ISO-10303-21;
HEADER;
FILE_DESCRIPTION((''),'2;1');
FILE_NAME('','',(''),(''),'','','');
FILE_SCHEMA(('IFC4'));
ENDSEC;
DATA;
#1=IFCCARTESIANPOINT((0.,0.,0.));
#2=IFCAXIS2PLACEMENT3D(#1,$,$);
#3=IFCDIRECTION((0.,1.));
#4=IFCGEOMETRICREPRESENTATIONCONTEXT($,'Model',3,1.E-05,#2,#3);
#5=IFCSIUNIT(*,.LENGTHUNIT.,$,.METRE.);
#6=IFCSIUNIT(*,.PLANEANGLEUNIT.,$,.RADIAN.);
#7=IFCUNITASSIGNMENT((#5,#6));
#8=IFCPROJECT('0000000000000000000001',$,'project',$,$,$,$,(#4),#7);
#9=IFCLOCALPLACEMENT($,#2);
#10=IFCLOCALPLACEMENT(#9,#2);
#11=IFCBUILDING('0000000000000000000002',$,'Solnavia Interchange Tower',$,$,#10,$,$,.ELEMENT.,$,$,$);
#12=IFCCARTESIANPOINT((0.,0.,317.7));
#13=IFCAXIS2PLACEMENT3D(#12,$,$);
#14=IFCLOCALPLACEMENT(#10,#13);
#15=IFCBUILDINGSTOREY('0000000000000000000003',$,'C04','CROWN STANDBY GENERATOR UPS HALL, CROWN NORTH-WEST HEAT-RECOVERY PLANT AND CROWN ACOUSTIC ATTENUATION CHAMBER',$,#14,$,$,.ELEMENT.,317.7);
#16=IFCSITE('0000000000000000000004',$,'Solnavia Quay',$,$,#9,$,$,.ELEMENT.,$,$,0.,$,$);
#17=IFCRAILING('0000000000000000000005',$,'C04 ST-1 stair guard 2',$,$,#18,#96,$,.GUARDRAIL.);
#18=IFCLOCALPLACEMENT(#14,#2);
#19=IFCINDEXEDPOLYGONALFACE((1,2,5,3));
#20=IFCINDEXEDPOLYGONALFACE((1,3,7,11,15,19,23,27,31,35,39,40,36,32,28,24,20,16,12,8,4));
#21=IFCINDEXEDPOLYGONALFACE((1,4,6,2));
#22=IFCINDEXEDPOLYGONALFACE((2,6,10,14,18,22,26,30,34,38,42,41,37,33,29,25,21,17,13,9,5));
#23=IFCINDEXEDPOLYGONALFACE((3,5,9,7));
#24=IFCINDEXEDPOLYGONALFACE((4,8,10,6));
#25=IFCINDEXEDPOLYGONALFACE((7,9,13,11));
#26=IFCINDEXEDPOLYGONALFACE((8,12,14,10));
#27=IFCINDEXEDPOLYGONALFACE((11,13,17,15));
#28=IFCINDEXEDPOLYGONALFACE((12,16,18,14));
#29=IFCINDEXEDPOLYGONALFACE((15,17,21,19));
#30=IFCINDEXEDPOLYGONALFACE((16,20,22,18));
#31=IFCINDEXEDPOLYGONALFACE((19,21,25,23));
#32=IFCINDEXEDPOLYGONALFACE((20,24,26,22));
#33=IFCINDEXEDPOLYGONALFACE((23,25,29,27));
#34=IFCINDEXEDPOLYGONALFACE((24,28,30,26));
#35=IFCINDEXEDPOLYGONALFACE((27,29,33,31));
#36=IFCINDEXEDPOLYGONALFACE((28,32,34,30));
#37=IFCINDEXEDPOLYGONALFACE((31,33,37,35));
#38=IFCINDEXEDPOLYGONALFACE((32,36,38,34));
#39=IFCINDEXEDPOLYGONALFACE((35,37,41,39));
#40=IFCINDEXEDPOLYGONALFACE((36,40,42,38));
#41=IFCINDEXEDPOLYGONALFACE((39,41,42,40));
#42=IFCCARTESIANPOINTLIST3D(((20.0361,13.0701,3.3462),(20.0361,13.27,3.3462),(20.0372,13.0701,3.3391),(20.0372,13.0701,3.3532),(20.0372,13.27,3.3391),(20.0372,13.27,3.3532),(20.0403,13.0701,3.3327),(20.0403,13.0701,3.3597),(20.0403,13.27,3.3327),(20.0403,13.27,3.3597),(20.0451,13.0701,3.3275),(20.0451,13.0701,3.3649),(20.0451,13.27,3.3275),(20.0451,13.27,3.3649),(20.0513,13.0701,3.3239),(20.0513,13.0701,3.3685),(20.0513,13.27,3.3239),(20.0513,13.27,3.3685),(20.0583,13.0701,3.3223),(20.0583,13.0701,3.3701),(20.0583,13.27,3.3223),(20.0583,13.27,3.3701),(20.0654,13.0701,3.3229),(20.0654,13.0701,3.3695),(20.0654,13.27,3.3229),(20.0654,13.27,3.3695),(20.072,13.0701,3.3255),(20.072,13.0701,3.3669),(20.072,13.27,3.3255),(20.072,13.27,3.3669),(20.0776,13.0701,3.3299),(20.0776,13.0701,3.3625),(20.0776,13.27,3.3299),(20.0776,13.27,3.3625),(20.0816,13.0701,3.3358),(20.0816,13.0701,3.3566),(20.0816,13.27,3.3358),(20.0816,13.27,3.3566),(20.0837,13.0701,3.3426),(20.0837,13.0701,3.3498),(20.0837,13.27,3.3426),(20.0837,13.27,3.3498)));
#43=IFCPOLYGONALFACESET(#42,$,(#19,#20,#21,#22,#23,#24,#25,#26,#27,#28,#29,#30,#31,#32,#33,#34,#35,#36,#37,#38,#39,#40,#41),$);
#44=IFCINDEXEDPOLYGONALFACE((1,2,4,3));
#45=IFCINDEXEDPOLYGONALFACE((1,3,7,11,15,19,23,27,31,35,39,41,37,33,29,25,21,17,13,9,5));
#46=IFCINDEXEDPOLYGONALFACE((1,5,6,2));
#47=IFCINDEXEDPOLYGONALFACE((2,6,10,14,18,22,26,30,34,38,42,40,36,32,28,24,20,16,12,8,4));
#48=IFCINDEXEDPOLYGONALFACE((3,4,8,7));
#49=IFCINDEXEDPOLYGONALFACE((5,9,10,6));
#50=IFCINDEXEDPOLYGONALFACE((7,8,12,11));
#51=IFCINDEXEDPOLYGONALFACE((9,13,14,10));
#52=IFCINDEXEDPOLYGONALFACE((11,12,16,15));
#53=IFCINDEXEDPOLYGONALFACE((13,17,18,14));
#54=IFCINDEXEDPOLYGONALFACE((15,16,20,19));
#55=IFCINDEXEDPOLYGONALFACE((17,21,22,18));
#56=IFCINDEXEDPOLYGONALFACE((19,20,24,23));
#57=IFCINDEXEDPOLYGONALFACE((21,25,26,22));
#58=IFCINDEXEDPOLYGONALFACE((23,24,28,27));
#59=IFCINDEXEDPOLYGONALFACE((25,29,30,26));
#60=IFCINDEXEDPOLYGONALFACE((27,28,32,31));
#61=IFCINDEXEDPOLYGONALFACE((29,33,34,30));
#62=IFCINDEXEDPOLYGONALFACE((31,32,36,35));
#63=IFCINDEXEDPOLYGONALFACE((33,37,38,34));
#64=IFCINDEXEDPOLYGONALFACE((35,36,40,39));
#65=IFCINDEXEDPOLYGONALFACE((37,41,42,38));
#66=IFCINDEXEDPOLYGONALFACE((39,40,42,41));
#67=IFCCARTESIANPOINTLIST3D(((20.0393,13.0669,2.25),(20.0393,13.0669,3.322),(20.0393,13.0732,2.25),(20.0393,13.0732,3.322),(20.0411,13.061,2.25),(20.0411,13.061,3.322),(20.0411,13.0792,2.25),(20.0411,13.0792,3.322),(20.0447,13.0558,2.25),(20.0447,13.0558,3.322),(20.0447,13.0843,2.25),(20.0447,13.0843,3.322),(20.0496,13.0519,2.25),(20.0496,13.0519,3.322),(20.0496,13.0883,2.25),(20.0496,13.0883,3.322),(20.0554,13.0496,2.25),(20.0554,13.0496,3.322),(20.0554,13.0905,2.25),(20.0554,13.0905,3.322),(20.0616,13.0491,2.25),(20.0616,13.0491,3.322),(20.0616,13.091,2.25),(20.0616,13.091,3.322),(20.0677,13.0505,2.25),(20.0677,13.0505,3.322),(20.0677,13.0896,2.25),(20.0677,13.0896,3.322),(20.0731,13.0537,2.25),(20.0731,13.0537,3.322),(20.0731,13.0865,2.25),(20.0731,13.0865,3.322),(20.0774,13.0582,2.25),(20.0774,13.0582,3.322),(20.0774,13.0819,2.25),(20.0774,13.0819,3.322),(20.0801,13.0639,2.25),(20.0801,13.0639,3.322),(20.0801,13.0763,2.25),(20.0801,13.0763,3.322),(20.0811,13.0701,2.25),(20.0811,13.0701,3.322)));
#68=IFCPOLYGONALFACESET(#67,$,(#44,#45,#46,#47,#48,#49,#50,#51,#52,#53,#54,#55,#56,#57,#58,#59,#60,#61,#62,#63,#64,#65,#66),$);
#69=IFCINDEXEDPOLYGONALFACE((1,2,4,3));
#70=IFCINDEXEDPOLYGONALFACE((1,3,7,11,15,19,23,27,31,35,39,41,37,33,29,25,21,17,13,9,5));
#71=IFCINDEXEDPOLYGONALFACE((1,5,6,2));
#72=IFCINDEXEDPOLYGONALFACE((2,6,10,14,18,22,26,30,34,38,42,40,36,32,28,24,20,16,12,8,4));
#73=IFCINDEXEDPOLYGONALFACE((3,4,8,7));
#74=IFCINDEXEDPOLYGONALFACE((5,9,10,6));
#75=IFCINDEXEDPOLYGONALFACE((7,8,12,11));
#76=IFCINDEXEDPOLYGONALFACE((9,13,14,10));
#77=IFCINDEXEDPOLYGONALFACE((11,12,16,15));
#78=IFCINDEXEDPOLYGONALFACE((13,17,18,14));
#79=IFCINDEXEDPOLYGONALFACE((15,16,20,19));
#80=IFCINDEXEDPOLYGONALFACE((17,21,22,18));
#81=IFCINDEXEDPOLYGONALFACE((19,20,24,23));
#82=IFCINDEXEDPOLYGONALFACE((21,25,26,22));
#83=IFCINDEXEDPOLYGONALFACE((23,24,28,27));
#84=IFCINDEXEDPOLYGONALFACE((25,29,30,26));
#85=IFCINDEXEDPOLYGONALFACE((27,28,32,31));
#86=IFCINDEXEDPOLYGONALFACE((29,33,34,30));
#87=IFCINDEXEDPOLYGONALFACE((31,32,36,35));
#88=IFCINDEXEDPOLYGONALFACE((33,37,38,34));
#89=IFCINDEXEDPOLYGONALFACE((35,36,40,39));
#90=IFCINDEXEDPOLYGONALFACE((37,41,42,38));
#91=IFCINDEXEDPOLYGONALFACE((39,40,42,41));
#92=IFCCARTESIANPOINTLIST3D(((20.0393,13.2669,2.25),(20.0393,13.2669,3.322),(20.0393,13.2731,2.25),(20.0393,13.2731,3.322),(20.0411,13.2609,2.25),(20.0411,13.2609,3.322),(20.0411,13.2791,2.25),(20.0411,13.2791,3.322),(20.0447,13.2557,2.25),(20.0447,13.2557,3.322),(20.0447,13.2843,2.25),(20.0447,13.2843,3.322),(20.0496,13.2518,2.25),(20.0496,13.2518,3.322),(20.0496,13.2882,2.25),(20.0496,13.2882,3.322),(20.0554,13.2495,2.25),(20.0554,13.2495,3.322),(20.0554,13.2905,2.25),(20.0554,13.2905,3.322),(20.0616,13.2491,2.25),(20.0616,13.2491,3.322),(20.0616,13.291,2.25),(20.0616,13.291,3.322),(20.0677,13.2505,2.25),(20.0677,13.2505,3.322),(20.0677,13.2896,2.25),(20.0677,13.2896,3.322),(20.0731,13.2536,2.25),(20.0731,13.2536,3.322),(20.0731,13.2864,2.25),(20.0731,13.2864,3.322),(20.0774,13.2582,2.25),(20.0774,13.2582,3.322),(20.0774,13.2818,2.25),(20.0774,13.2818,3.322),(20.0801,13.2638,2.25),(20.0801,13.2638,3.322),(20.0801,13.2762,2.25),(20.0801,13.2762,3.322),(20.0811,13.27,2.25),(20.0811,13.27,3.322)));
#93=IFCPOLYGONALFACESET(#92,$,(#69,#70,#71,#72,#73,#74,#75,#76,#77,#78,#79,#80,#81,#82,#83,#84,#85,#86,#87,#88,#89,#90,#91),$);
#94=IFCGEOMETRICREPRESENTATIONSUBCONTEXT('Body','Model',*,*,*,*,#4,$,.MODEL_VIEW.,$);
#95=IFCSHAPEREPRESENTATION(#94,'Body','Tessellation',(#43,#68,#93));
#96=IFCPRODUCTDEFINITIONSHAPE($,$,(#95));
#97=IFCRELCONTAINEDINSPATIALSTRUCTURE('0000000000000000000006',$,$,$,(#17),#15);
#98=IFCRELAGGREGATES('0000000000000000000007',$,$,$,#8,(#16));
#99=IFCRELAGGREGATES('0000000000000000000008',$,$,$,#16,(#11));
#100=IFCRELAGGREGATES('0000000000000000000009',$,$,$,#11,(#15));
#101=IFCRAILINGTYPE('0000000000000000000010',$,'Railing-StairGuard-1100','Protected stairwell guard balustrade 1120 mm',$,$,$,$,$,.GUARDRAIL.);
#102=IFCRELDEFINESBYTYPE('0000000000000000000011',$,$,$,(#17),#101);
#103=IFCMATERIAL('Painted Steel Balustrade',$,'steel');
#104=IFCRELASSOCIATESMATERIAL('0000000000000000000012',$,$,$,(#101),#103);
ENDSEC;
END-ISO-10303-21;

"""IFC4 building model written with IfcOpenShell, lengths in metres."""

from ifc_helpers import new_model, si_unit, direction, frame, origin, origin_2d, place, context, subcontext, project, spatial, circle, extrude, material, type_object, element, save


model = new_model("IFC4")

# Units and contexts
model_context = context("Model", 3, precision=1e-05, world=origin(), true_north=direction((0.0, 1.0)))
body_context = subcontext(model_context, "Body", "Model", "MODEL_VIEW")
ifc_project = project(units=[si_unit("LENGTHUNIT", "METRE"), si_unit("PLANEANGLEUNIT", "RADIAN")], contexts=[model_context])

# Site, building, storey
site_placement = place(None, origin())
site = spatial("IfcSite", under=ifc_project, at=site_placement, Name="Solnavia Quay", CompositionType="ELEMENT", RefElevation=0.0)
building_placement = place(site_placement, origin())
building = spatial("IfcBuilding", under=site, at=building_placement, Name="Solnavia Interchange Tower", CompositionType="ELEMENT")
storey_placement = place(building_placement, frame((0.0, 0.0, 317.7)))
storey = spatial("IfcBuildingStorey", under=building, at=storey_placement, Name="C04", Description="CROWN STANDBY GENERATOR UPS HALL, CROWN NORTH-WEST HEAT-RECOVERY PLANT AND CROWN ACOUSTIC ATTENUATION CHAMBER", CompositionType="ELEMENT", Elevation=317.7)

# Railing
ifc_material_1 = material(Name="Painted Steel Balustrade", Category="steel")
railing_type_1 = type_object("IfcRailingType", Name="Railing-StairGuard-1100", Description="Protected stairwell guard balustrade 1120 mm", PredefinedType="GUARDRAIL", material=ifc_material_1)
railing_1_placement = place(storey_placement, frame((20.0601, 13.0701, 2.25)))
element("IfcRailing", 1, at=railing_1_placement, inside=storey, type_object=railing_type_1, Name="C04 ST-1 stair guard 2", PredefinedType="GUARDRAIL", context=body_context, shape_type="SweptSolid", body=[
    extrude(circle(Radius=0.0239, at=origin_2d()), frame((0.0, 0.0, 1.0962), z_axis=(0.0, 1.0, 0.0), x_axis=(-1.0, 0.0, 0.0)), (0.0, 0.0, 1.0), 0.2),
    extrude(circle(Radius=0.021, at=origin_2d()), origin(), (0.0, 0.0, 1.0), 1.072),
    extrude(circle(Radius=0.021, at=origin_2d()), frame((0.0, 0.2, 0.0)), (0.0, 0.0, 1.0), 1.072),
])

save(model, "model.ifc")
